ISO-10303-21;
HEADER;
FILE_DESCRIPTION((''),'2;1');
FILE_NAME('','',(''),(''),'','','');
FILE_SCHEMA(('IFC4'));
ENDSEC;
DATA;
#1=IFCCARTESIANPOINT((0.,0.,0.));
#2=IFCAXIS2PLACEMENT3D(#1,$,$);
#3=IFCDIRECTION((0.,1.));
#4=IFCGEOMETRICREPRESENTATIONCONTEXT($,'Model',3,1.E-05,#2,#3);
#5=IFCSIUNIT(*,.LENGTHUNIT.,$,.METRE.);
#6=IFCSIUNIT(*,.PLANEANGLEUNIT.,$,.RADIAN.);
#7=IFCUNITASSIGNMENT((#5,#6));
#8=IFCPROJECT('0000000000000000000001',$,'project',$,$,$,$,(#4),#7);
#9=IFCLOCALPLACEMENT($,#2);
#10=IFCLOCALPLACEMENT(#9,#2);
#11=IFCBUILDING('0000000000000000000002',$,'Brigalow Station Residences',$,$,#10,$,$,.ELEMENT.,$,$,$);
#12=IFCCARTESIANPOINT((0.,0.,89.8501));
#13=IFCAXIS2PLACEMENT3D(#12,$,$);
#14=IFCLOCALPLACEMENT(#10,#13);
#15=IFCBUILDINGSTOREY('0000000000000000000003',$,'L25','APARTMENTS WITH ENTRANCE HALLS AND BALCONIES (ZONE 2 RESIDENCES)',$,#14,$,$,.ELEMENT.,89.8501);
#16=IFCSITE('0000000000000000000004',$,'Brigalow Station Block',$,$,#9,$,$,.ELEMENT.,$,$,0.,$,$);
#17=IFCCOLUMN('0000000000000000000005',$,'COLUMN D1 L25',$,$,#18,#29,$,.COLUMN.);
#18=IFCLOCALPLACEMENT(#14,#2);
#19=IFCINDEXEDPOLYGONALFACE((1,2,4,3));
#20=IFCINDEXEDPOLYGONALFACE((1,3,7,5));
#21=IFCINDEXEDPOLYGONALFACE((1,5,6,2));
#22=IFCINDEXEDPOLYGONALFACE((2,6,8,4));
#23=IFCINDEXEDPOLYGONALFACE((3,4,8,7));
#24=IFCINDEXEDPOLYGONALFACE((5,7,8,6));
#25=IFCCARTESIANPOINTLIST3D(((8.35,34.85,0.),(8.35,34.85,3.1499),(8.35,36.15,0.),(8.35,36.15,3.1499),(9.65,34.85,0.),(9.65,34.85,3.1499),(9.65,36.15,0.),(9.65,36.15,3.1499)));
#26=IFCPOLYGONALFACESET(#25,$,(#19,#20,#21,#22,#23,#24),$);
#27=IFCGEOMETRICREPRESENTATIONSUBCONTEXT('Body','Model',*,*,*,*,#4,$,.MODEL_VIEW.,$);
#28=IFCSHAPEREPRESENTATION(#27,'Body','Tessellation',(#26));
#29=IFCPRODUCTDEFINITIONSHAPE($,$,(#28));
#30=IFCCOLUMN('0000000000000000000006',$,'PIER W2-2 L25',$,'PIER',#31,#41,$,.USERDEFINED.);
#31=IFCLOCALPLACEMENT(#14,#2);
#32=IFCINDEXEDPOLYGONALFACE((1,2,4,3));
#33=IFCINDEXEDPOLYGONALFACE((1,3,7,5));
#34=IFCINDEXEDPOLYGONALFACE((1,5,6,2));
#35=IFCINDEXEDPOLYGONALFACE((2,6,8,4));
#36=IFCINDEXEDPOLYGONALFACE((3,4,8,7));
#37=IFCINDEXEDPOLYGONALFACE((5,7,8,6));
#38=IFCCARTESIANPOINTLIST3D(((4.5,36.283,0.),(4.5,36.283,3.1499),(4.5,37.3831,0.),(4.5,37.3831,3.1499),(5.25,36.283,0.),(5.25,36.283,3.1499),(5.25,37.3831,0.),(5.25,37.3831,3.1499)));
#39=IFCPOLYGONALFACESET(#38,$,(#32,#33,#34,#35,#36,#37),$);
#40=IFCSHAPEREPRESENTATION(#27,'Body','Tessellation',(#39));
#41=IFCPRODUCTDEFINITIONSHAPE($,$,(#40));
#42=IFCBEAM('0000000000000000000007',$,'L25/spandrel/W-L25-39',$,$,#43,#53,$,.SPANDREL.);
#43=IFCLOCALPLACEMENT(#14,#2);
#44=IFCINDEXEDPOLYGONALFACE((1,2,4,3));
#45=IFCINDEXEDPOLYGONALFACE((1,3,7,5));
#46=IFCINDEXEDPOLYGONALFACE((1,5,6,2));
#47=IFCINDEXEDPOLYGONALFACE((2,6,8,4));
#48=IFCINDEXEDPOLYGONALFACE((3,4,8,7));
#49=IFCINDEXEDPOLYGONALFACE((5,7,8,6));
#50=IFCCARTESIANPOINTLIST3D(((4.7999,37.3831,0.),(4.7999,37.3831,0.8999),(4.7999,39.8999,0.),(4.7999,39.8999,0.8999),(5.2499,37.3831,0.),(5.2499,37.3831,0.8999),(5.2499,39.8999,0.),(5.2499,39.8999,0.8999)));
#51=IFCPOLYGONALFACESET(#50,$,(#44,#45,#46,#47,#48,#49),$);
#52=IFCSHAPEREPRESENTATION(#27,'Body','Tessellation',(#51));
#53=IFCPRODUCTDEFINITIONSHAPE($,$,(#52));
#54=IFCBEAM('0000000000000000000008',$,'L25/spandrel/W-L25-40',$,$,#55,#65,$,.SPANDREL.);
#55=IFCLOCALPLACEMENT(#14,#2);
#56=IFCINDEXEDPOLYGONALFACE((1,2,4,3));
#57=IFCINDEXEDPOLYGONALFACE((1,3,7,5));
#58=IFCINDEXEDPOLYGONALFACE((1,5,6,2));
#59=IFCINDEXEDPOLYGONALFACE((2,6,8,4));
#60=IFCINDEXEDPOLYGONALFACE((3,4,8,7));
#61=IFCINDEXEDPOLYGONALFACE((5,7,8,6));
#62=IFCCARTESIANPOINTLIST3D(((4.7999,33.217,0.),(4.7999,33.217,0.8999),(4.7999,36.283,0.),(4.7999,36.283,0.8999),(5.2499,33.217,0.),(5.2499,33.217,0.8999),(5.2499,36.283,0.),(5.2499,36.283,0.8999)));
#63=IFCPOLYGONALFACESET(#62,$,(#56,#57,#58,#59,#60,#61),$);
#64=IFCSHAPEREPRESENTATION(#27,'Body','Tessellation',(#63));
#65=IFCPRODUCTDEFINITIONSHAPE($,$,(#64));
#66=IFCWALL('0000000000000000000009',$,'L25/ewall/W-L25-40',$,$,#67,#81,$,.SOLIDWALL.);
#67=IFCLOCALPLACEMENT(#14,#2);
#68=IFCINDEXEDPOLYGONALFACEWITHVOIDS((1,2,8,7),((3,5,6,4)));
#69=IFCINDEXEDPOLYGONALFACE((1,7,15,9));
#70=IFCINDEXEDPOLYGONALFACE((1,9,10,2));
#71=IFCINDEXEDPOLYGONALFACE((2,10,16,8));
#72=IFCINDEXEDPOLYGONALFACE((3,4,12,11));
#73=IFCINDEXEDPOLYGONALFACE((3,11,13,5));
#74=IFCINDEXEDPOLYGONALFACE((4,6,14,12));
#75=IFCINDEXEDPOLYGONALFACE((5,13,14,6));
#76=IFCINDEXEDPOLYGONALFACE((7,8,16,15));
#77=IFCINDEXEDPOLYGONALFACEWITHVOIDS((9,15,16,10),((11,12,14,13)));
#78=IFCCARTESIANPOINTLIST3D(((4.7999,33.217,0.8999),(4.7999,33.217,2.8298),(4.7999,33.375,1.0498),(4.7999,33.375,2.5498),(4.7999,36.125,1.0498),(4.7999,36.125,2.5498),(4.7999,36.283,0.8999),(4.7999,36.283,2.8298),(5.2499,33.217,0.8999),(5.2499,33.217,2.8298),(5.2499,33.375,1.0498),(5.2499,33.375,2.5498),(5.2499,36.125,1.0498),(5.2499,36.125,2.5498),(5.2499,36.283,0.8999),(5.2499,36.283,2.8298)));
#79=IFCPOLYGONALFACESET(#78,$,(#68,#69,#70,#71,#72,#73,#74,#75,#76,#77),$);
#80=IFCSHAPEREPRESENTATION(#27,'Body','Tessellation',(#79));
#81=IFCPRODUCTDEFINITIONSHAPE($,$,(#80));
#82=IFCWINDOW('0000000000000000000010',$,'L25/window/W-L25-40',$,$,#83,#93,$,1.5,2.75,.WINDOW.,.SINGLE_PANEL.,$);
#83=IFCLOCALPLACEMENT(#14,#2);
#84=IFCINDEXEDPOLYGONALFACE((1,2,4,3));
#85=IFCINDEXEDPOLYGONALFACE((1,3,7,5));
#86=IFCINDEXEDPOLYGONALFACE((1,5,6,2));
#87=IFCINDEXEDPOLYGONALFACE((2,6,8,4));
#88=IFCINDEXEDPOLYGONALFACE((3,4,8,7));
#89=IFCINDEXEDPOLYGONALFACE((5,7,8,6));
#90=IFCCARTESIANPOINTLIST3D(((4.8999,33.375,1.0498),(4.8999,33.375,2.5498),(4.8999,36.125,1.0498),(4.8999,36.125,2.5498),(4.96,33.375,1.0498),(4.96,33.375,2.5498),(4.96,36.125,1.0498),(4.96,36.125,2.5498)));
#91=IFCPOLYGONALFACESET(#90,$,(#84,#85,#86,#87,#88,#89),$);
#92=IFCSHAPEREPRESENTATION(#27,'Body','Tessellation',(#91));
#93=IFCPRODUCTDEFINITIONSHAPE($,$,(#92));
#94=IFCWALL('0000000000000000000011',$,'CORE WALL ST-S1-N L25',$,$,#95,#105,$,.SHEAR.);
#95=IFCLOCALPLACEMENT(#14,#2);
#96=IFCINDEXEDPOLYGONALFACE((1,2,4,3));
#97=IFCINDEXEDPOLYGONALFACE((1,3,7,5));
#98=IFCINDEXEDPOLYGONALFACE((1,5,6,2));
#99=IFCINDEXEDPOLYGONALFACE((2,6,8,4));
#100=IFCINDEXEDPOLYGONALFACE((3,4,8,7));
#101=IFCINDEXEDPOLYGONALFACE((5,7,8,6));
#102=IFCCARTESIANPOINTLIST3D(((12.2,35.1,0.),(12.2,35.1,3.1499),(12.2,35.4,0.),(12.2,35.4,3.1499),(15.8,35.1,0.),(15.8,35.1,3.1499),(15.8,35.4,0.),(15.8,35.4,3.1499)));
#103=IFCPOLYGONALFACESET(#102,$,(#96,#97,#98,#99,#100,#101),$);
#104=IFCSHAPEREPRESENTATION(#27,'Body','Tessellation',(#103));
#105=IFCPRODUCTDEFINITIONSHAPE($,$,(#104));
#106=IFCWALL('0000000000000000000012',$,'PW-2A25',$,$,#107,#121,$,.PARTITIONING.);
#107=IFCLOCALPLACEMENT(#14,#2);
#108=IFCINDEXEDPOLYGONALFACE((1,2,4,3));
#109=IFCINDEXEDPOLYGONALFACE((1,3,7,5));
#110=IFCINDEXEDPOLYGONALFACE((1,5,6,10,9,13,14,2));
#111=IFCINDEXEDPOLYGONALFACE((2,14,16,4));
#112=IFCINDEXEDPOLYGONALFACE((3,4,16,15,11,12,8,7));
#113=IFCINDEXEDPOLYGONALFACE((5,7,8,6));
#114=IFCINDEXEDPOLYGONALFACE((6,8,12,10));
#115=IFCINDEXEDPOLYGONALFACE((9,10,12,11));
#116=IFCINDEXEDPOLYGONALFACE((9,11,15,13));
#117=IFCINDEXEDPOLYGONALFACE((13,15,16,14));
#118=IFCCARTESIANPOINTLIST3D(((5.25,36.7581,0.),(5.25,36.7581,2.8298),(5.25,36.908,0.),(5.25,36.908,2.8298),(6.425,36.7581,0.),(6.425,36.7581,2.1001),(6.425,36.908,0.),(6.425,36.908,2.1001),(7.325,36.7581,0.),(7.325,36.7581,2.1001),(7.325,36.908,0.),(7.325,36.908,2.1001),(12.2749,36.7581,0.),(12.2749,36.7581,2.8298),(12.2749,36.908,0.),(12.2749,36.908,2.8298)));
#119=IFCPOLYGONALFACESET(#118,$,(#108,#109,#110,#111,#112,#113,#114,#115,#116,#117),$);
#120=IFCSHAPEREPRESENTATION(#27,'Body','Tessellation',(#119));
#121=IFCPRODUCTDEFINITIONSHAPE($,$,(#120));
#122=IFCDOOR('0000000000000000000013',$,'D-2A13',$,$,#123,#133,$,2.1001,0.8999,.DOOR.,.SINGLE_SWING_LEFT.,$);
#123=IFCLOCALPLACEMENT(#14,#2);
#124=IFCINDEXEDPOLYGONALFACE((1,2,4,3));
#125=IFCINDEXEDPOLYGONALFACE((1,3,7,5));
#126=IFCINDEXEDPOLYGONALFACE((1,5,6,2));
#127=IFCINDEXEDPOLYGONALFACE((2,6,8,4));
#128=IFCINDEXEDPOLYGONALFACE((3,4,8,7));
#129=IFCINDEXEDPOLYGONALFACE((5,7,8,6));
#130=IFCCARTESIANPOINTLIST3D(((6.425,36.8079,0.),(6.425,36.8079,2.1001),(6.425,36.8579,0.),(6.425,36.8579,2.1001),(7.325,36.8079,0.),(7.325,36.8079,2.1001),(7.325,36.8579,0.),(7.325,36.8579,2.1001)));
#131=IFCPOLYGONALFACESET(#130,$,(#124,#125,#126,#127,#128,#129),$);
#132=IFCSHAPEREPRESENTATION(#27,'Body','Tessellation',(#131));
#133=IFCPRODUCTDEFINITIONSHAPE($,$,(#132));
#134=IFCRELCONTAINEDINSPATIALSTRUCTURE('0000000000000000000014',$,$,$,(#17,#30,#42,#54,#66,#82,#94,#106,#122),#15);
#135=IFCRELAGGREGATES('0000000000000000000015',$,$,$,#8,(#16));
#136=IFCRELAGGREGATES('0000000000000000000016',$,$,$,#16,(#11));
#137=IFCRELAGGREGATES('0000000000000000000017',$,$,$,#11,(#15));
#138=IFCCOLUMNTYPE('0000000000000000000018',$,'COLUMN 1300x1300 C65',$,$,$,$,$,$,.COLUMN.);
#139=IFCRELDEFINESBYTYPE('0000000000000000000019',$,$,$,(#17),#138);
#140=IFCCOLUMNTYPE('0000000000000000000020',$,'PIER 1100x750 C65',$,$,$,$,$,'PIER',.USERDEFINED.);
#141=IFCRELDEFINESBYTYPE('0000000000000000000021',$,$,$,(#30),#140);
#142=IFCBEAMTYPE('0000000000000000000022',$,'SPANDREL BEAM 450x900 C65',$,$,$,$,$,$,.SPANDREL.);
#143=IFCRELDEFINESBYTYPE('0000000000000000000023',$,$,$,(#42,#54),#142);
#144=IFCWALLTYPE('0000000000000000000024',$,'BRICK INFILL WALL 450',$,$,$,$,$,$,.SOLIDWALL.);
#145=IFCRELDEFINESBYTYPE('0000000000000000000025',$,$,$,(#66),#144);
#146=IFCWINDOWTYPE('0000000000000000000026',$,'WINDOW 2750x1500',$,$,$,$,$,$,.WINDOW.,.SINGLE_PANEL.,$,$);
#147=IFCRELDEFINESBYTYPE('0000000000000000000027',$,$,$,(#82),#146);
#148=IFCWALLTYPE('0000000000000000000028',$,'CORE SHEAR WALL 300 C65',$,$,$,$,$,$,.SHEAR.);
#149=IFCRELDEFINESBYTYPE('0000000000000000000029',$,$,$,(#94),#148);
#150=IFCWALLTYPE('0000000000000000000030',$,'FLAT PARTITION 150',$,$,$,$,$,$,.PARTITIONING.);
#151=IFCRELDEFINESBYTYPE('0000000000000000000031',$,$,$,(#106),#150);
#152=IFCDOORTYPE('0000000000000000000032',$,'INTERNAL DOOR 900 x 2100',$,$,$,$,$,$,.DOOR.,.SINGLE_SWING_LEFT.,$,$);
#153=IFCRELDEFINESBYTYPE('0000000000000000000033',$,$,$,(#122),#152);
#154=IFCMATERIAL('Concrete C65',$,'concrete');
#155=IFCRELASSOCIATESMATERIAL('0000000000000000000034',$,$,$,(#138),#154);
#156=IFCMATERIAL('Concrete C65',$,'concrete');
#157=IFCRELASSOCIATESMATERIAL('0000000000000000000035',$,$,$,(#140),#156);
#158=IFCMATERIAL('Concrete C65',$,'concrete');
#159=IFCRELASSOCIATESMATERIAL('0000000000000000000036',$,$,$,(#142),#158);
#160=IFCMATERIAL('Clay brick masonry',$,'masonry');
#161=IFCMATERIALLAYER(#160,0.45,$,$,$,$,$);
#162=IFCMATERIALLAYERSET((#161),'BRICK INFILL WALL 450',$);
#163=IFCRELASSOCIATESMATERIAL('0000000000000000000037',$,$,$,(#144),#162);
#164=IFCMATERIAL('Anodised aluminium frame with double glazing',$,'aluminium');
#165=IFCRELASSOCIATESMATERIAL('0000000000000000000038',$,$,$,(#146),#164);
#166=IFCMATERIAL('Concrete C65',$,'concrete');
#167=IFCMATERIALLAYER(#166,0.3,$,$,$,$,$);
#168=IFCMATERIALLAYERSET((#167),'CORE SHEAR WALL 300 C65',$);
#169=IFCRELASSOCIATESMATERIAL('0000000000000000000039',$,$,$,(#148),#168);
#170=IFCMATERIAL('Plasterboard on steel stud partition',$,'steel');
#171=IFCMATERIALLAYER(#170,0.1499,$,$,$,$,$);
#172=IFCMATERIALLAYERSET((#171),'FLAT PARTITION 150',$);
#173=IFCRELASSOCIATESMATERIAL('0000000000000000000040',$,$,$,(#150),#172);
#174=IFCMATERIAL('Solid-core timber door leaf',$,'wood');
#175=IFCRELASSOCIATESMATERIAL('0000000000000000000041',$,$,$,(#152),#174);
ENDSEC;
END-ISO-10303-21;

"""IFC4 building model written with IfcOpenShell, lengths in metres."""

from ifc_helpers import new_model, si_unit, direction, frame, frame_2d, origin, origin_2d, place, context, subcontext, project, spatial, rectangle, extrude, material, layer, layer_set, material_profile, profile_set, type_object, element, fill, save


model = new_model("IFC4")

# Units and contexts
model_context = context("Model", 3, precision=1e-05, world=origin(), true_north=direction((0.0, 1.0)))
body_context = subcontext(model_context, "Body", "Model", "MODEL_VIEW")
ifc_project = project(units=[si_unit("LENGTHUNIT", "METRE"), si_unit("PLANEANGLEUNIT", "RADIAN")], contexts=[model_context])

# Site, building, storey
site_placement = place(None, origin())
site = spatial("IfcSite", under=ifc_project, at=site_placement, Name="Brigalow Station Block", CompositionType="ELEMENT", RefElevation=0.0)
building_placement = place(site_placement, origin())
building = spatial("IfcBuilding", under=site, at=building_placement, Name="Brigalow Station Residences", CompositionType="ELEMENT")
storey_placement = place(building_placement, frame((0.0, 0.0, 89.8501)))
storey = spatial("IfcBuildingStorey", under=building, at=storey_placement, Name="L25", Description="APARTMENTS WITH ENTRANCE HALLS AND BALCONIES (ZONE 2 RESIDENCES)", CompositionType="ELEMENT", Elevation=89.8501)

# Columns
ifc_material_1 = material(Name="Concrete C65", Category="concrete")
ifc_material_profile_1 = material_profile(ifc_material_1, rectangle(XDim=1.3, YDim=1.3, at=origin_2d()), Name="RC1300x1300")
ifc_profile_set_1 = profile_set([ifc_material_profile_1], Name="Concrete C65")
column_type_1 = type_object("IfcColumnType", Name="COLUMN 1300x1300 C65", PredefinedType="COLUMN", material=ifc_profile_set_1)
column_1_placement = place(storey_placement, frame((9.0, 35.5, 0.0), z_axis=(0.0, 0.0, 1.0), x_axis=(1.0, 0.0, 0.0)))
element("IfcColumn", 1, at=column_1_placement, inside=storey, type_object=column_type_1, Name="COLUMN D1 L25", PredefinedType="COLUMN", context=body_context, shape_type="SweptSolid", body=[
    extrude(rectangle(XDim=1.3, YDim=1.3, at=origin_2d()), origin(), (0.0, 0.0, 1.0), 3.1499),
])
ifc_material_2 = material(Name="Concrete C65", Category="concrete")
ifc_material_profile_2 = material_profile(ifc_material_2, rectangle(XDim=1.1001, YDim=0.75, at=origin_2d()), Name="RC1100x750")
ifc_profile_set_2 = profile_set([ifc_material_profile_2], Name="Concrete C65")
column_type_2 = type_object("IfcColumnType", Name="PIER 1100x750 C65", ElementType="PIER", PredefinedType="USERDEFINED", material=ifc_profile_set_2)
column_2_placement = place(storey_placement, frame((4.875, 36.833, 0.0), z_axis=(0.0, 0.0, 1.0), x_axis=(0.0, -1.0, 0.0)))
element("IfcColumn", 2, at=column_2_placement, inside=storey, type_object=column_type_2, Name="PIER W2-2 L25", ObjectType="PIER", PredefinedType="USERDEFINED", context=body_context, shape_type="SweptSolid", body=[
    extrude(rectangle(XDim=1.1001, YDim=0.75, at=origin_2d()), origin(), (0.0, 0.0, 1.0), 3.1499),
])

# Beams
ifc_material_3 = material(Name="Concrete C65", Category="concrete")
ifc_material_profile_3 = material_profile(ifc_material_3, rectangle(XDim=0.45, YDim=0.8999, at=origin_2d()), Name="RC450x900")
ifc_profile_set_3 = profile_set([ifc_material_profile_3], Name="Concrete C65")
beam_type = type_object("IfcBeamType", Name="SPANDREL BEAM 450x900 C65", PredefinedType="SPANDREL", material=ifc_profile_set_3)
beam_1_placement = place(storey_placement, frame((5.0249, 39.8999, 0.45), z_axis=(0.0, -1.0, 0.0), x_axis=(1.0, 0.0, 0.0)))
element("IfcBeam", 3, at=beam_1_placement, inside=storey, type_object=beam_type, Name="L25/spandrel/W-L25-39", PredefinedType="SPANDREL", context=body_context, shape_type="SweptSolid", body=[
    extrude(rectangle(XDim=0.45, YDim=0.8999, at=origin_2d()), origin(), (0.0, 0.0, 1.0), 2.5168),
])
beam_2_placement = place(storey_placement, frame((5.0249, 36.283, 0.45), z_axis=(0.0, -1.0, 0.0), x_axis=(1.0, 0.0, 0.0)))
element("IfcBeam", 4, at=beam_2_placement, inside=storey, type_object=beam_type, Name="L25/spandrel/W-L25-40", PredefinedType="SPANDREL", context=body_context, shape_type="SweptSolid", body=[
    extrude(rectangle(XDim=0.45, YDim=0.8999, at=origin_2d()), origin(), (0.0, 0.0, 1.0), 3.0659),
])

# Wall, opening, window
ifc_material_4 = material(Name="Clay brick masonry", Category="masonry")
ifc_layer_1 = layer(ifc_material_4, 0.45)
ifc_layer_set_1 = layer_set([ifc_layer_1], Name="BRICK INFILL WALL 450")
wall_type_1 = type_object("IfcWallType", Name="BRICK INFILL WALL 450", PredefinedType="SOLIDWALL", material=ifc_layer_set_1)
wall_1_placement = place(storey_placement, frame((5.0249, 36.283, 0.8999), z_axis=(0.0, 0.0, 1.0), x_axis=(0.0, -1.0, 0.0)))
wall_1 = element("IfcWall", 5, at=wall_1_placement, inside=storey, type_object=wall_type_1, Name="L25/ewall/W-L25-40", PredefinedType="SOLIDWALL", context=body_context, shape_type="SweptSolid", body=[
    extrude(rectangle(XDim=3.0659, YDim=0.45, at=frame_2d((1.533, 0.0))), origin(), (0.0, 0.0, 1.0), 1.9299),
])
opening_1_placement = place(wall_1_placement, frame((0.158, 0.0, 0.1499)))
opening_1 = element("IfcOpeningElement", 6, at=opening_1_placement, cuts=wall_1, PredefinedType="OPENING", context=body_context, shape_type="SweptSolid", body=[
    extrude(rectangle(XDim=2.75, YDim=1.5, at=frame_2d((1.375, 0.75))), frame((0.0, 0.2349, 0.0), z_axis=(0.0, -1.0, 0.0), x_axis=(1.0, 0.0, 0.0)), (0.0, 0.0, 1.0), 0.47),
])
ifc_material_5 = material(Name="Anodised aluminium frame with double glazing", Category="aluminium")
window_type = type_object("IfcWindowType", Name="WINDOW 2750x1500", PartitioningType="SINGLE_PANEL", PredefinedType="WINDOW", material=ifc_material_5)
window_placement = place(opening_1_placement, origin())
window = element("IfcWindow", 7, at=window_placement, inside=storey, type_object=window_type, Name="L25/window/W-L25-40", OverallHeight=1.5, OverallWidth=2.75, PartitioningType="SINGLE_PANEL", PredefinedType="WINDOW", context=body_context, shape_type="SweptSolid", body=[
    extrude(rectangle(XDim=2.75, YDim=1.5, at=frame_2d((1.375, 0.75))), frame((0.0, -0.0649, 0.0), z_axis=(0.0, -1.0, 0.0), x_axis=(1.0, 0.0, 0.0)), (0.0, 0.0, 1.0), 0.0601),
])
fill(opening_1, window)

# Wall
ifc_material_6 = material(Name="Concrete C65", Category="concrete")
ifc_layer_2 = layer(ifc_material_6, 0.3)
ifc_layer_set_2 = layer_set([ifc_layer_2], Name="CORE SHEAR WALL 300 C65")
wall_type_2 = type_object("IfcWallType", Name="CORE SHEAR WALL 300 C65", PredefinedType="SHEAR", material=ifc_layer_set_2)
wall_2_placement = place(storey_placement, frame((12.2, 35.25, 0.0), z_axis=(0.0, 0.0, 1.0), x_axis=(1.0, 0.0, 0.0)))
element("IfcWall", 8, at=wall_2_placement, inside=storey, type_object=wall_type_2, Name="CORE WALL ST-S1-N L25", PredefinedType="SHEAR", context=body_context, shape_type="SweptSolid", body=[
    extrude(rectangle(XDim=3.6001, YDim=0.3, at=frame_2d((1.8, 0.0))), origin(), (0.0, 0.0, 1.0), 3.1499),
])

# Wall, opening, door
ifc_material_7 = material(Name="Plasterboard on steel stud partition", Category="steel")
ifc_layer_3 = layer(ifc_material_7, 0.1499)
ifc_layer_set_3 = layer_set([ifc_layer_3], Name="FLAT PARTITION 150")
wall_type_3 = type_object("IfcWallType", Name="FLAT PARTITION 150", PredefinedType="PARTITIONING", material=ifc_layer_set_3)
wall_3_placement = place(storey_placement, frame((5.25, 36.833, 0.0), z_axis=(0.0, 0.0, 1.0), x_axis=(1.0, 0.0, 0.0)))
wall_3 = element("IfcWall", 9, at=wall_3_placement, inside=storey, type_object=wall_type_3, Name="PW-2A25", PredefinedType="PARTITIONING", context=body_context, shape_type="SweptSolid", body=[
    extrude(rectangle(XDim=7.0249, YDim=0.1499, at=frame_2d((3.5125, 0.0))), origin(), (0.0, 0.0, 1.0), 2.8298),
])
opening_2_placement = place(wall_3_placement, frame((1.175, 0.0, 0.0)))
opening_2 = element("IfcOpeningElement", 10, at=opening_2_placement, cuts=wall_3, PredefinedType="OPENING", context=body_context, shape_type="SweptSolid", body=[
    extrude(rectangle(XDim=0.8999, YDim=2.1001, at=frame_2d((0.45, 1.05))), frame((0.0, 0.085, 0.0), z_axis=(0.0, -1.0, 0.0), x_axis=(1.0, 0.0, 0.0)), (0.0, 0.0, 1.0), 0.1699),
])
ifc_material_8 = material(Name="Solid-core timber door leaf", Category="wood")
door_type = type_object("IfcDoorType", Name="INTERNAL DOOR 900 x 2100", OperationType="SINGLE_SWING_LEFT", PredefinedType="DOOR", material=ifc_material_8)
door_1_placement = place(opening_2_placement, origin())
door_1 = element("IfcDoor", 11, at=door_1_placement, inside=storey, type_object=door_type, Name="D-2A13", OperationType="SINGLE_SWING_LEFT", OverallHeight=2.1001, OverallWidth=0.8999, PredefinedType="DOOR", context=body_context, shape_type="SweptSolid", body=[
    extrude(rectangle(XDim=0.8999, YDim=2.1001, at=frame_2d((0.45, 1.05))), frame((0.0, 0.0249, 0.0), z_axis=(0.0, -1.0, 0.0), x_axis=(1.0, 0.0, 0.0)), (0.0, 0.0, 1.0), 0.05),
])
fill(opening_2, door_1)

save(model, "model.ifc")
